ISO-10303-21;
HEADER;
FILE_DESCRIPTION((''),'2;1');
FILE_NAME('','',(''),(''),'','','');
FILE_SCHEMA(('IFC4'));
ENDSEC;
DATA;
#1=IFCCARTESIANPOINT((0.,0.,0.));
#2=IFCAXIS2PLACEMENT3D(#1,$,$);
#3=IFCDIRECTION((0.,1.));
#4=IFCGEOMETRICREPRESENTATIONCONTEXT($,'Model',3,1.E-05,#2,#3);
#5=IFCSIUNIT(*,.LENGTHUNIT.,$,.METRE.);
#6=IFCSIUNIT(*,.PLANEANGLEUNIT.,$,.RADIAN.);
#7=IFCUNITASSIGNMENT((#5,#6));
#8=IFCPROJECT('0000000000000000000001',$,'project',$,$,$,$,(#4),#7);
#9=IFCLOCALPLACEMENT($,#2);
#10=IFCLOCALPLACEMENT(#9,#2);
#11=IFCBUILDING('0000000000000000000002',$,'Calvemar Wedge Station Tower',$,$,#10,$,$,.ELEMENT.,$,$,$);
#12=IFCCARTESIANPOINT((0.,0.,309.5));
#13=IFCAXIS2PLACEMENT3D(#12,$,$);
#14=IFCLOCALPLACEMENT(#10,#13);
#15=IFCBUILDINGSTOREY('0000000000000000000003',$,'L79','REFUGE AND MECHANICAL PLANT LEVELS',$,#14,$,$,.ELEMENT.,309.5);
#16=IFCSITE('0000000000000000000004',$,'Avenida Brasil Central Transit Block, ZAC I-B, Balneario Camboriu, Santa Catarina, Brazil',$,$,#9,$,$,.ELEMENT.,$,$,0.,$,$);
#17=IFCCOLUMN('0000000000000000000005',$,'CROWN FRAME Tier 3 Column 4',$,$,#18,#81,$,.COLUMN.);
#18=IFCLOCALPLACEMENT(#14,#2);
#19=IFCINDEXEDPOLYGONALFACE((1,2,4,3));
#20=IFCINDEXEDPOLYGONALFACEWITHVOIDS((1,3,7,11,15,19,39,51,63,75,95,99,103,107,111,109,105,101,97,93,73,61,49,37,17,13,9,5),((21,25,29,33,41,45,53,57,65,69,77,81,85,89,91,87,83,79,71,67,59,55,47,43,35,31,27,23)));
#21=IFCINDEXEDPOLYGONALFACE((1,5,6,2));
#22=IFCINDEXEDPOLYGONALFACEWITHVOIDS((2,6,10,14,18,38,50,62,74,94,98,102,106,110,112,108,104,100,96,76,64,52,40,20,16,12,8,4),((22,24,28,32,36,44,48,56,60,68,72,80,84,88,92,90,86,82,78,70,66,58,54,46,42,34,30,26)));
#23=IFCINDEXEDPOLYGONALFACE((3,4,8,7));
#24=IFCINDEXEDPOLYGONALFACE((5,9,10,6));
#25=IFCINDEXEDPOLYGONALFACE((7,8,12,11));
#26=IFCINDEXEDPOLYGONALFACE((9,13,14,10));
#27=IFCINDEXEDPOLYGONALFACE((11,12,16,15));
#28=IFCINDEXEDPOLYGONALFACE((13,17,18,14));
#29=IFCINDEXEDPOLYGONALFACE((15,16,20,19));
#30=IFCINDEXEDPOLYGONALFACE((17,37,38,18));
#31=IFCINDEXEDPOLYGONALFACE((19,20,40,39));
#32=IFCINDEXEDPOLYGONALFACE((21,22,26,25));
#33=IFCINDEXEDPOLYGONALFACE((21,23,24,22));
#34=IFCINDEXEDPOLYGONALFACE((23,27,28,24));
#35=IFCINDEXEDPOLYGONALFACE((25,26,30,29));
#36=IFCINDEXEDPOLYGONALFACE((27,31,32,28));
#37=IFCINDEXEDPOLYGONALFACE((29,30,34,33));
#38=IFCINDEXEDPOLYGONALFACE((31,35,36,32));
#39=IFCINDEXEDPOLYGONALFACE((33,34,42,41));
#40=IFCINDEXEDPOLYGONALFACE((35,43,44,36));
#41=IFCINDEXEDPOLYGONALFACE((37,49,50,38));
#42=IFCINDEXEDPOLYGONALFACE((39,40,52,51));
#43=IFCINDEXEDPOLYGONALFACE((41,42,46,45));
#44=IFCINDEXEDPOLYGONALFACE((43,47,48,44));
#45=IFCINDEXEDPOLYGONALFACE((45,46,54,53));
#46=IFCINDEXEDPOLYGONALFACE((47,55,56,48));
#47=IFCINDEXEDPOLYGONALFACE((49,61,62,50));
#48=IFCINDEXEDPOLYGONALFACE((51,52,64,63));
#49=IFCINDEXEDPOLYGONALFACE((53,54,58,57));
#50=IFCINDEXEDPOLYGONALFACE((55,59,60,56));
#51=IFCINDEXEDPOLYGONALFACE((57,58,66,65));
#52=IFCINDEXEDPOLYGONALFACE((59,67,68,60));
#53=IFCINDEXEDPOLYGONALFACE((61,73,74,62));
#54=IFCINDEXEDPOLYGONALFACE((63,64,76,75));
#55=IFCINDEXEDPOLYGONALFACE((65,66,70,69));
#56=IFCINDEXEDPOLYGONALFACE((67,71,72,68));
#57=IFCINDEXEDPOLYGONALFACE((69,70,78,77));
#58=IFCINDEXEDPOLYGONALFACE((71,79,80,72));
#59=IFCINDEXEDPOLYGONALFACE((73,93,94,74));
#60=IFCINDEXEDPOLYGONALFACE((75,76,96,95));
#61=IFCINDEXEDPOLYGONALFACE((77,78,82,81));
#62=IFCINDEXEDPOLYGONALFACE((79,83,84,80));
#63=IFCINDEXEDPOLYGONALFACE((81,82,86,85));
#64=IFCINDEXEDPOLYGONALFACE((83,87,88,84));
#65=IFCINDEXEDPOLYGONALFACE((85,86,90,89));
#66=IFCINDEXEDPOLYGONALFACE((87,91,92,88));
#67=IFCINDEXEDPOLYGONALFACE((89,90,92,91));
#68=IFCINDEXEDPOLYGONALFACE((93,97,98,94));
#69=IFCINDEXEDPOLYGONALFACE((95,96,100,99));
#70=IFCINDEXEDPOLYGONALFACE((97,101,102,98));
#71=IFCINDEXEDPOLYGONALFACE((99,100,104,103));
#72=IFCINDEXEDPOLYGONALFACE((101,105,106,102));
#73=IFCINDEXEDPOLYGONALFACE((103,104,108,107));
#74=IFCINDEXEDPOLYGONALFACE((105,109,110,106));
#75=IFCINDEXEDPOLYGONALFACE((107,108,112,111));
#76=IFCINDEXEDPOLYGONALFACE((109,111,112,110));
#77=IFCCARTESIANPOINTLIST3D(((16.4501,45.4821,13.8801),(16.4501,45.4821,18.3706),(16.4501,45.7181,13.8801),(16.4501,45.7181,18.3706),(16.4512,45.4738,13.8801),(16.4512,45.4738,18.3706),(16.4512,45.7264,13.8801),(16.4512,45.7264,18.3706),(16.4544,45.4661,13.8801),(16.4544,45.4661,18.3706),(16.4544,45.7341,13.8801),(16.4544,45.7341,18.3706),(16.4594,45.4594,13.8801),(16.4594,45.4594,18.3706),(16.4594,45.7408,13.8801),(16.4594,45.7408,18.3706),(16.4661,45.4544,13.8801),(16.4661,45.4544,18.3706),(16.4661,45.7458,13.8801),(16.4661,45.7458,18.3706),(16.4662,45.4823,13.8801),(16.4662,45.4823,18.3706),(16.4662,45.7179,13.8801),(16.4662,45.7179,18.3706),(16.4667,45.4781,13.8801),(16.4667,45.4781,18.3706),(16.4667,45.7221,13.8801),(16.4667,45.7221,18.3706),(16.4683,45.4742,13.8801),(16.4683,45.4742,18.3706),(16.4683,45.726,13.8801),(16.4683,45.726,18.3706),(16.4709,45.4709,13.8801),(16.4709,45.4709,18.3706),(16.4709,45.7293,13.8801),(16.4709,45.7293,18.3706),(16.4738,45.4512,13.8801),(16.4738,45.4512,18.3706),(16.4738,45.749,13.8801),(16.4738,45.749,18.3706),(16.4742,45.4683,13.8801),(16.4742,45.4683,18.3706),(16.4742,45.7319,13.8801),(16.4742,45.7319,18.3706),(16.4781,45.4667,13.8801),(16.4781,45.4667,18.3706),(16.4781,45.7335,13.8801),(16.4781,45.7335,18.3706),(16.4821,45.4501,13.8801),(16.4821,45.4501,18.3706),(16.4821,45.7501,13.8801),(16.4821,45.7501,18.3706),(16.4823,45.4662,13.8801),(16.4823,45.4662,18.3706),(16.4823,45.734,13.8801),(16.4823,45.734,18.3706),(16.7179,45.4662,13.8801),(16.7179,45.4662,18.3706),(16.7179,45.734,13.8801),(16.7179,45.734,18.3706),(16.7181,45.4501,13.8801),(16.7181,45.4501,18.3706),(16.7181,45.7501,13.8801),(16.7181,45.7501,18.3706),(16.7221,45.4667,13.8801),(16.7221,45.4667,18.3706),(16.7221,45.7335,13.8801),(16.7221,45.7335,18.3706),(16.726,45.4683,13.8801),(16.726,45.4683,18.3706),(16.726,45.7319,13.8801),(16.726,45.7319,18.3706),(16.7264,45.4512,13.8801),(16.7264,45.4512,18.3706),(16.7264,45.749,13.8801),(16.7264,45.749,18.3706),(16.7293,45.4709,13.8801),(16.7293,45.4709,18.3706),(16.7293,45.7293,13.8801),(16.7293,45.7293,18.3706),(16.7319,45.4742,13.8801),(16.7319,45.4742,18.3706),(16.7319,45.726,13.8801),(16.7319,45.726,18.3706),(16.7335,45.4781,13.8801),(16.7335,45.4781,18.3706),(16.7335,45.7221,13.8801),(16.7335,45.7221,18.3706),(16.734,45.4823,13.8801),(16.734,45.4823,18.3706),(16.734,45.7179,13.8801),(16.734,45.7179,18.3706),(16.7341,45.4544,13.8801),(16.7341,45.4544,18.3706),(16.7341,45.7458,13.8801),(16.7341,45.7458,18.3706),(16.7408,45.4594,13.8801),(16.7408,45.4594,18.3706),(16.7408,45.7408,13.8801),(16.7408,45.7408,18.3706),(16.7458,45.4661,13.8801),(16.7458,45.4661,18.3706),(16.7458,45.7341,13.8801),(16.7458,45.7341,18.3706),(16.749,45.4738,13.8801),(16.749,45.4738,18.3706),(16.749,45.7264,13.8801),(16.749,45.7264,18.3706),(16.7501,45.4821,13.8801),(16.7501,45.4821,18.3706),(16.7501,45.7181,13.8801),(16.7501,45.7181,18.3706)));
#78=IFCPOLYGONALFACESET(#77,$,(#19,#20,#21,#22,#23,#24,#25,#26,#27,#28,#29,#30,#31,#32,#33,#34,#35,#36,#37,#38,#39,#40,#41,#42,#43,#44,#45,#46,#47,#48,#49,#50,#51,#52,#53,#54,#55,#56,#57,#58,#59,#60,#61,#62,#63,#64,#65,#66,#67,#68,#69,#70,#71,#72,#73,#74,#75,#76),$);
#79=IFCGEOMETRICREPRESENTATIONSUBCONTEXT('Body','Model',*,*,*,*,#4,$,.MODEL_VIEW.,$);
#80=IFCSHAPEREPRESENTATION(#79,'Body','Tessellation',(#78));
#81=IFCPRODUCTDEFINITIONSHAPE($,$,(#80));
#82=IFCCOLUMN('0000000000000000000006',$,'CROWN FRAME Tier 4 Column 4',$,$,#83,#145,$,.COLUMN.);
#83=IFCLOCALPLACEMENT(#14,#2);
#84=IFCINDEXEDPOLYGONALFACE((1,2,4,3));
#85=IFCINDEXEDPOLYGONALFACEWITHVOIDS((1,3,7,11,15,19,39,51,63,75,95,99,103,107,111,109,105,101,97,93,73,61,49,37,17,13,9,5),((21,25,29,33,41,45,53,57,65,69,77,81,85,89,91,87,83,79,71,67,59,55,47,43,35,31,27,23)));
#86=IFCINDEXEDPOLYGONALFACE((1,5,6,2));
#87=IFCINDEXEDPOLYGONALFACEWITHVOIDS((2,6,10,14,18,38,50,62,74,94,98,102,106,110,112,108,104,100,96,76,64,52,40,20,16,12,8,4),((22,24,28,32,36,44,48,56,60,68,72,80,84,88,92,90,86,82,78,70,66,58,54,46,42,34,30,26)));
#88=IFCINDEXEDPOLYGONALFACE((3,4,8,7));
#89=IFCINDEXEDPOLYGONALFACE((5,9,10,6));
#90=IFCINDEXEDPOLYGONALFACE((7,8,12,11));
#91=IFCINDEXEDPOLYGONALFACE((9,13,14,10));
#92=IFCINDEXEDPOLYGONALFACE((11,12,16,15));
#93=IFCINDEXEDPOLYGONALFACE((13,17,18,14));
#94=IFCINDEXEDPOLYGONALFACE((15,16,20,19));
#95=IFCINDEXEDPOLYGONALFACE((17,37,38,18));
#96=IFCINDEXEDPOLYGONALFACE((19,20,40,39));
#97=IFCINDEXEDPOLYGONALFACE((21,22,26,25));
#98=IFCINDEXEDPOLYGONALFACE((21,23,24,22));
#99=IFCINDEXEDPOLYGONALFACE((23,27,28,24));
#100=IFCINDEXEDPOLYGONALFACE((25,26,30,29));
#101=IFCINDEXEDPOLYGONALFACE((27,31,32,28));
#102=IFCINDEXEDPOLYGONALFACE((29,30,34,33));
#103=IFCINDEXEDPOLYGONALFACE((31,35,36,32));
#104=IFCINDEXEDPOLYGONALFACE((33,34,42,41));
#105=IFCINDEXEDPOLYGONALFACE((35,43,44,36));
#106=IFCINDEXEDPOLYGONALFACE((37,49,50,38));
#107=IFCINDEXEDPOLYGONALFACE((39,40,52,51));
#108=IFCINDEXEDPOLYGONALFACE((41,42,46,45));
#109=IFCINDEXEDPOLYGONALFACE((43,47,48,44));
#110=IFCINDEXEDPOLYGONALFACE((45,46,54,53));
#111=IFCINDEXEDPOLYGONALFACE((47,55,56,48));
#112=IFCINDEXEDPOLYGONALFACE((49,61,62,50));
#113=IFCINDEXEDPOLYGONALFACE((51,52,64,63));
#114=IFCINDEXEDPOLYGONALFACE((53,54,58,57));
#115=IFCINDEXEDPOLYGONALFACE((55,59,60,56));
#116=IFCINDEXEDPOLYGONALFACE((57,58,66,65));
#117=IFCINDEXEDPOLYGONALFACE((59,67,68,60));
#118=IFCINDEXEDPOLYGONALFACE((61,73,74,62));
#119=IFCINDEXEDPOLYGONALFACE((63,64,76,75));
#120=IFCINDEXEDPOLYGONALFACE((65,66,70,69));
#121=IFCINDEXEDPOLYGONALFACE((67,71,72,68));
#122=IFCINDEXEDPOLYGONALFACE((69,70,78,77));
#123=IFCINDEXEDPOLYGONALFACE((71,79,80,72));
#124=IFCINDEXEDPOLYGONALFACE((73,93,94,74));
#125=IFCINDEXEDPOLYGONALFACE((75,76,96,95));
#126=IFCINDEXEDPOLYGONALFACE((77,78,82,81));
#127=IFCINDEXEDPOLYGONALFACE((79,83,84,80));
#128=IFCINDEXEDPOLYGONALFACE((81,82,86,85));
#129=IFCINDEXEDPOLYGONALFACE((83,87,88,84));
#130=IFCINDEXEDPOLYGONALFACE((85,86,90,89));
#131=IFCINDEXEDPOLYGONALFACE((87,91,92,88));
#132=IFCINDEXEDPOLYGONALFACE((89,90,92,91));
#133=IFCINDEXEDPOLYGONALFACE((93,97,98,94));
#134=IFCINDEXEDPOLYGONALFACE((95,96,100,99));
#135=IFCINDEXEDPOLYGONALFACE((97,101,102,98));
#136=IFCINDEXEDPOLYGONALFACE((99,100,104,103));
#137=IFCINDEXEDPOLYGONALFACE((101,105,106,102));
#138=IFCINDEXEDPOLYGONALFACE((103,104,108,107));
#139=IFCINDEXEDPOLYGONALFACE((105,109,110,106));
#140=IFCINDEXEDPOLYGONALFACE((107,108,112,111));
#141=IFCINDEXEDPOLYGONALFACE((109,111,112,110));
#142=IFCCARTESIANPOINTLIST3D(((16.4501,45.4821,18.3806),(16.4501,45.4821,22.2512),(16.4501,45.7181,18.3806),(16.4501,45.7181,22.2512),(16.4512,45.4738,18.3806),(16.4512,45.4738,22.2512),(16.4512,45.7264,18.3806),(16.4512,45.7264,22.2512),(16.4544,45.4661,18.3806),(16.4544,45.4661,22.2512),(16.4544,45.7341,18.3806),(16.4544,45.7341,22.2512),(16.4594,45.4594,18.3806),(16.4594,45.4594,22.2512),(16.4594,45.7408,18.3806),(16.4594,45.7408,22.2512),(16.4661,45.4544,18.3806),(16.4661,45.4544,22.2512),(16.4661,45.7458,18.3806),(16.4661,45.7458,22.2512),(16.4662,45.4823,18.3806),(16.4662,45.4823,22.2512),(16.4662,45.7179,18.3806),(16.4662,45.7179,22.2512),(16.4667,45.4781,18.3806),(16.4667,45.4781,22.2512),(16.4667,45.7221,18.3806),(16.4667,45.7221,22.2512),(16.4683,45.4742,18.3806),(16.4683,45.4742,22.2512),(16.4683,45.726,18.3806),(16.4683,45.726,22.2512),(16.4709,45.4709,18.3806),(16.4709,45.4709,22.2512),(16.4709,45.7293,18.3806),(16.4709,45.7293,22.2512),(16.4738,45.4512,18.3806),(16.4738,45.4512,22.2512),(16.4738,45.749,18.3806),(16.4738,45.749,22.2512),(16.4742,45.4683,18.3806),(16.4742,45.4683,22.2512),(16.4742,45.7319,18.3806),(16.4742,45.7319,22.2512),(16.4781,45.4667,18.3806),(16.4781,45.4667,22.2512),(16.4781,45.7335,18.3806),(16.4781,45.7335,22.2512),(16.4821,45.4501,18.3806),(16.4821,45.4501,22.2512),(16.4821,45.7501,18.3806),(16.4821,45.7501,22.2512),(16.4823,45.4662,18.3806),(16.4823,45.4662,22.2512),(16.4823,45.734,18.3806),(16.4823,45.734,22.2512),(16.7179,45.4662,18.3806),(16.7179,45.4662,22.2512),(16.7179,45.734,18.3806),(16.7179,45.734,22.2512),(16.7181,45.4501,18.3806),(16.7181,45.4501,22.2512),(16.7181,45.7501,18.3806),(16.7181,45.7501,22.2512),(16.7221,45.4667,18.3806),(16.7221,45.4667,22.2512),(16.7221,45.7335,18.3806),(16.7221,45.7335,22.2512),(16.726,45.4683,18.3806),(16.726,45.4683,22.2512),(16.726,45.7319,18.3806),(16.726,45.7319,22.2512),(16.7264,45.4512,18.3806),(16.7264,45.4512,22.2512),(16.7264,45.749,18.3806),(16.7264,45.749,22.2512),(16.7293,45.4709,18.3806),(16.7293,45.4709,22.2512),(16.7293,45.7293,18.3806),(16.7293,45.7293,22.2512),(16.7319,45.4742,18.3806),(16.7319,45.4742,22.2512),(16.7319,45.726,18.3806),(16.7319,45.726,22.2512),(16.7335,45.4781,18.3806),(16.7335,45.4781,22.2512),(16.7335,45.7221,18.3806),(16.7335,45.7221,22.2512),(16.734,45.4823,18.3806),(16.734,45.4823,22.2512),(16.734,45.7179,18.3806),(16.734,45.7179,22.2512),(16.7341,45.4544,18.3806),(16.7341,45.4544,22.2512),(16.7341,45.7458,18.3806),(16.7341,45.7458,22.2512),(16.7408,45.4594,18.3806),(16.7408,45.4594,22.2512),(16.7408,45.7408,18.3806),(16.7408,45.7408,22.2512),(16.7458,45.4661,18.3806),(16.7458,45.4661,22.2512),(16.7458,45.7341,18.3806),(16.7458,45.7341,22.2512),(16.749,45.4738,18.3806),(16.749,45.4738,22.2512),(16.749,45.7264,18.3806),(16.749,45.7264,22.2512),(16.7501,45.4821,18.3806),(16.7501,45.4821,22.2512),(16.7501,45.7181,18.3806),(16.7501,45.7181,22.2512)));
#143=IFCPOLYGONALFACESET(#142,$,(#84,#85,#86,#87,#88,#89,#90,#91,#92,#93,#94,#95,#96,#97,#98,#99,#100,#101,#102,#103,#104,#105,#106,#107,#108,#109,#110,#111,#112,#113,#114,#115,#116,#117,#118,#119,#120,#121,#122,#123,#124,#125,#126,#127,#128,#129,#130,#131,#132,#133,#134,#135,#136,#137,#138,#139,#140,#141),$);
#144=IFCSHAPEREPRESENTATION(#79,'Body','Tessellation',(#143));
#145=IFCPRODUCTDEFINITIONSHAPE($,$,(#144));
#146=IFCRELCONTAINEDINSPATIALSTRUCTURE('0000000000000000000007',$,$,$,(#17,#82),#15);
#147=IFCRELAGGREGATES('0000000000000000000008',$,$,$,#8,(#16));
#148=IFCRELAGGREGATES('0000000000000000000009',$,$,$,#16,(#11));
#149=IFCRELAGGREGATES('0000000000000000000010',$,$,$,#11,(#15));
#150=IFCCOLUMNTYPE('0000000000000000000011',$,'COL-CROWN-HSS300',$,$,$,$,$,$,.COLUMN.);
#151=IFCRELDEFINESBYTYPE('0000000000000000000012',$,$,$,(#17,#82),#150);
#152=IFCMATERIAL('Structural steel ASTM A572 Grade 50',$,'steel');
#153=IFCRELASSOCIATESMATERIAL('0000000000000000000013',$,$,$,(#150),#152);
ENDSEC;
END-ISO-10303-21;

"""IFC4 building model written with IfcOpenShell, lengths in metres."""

from ifc_helpers import new_model, si_unit, direction, frame, origin, origin_2d, place, context, subcontext, project, spatial, hollow_rectangle, extrude, source, transform, mapped, material, material_profile, profile_set, type_object, element, save


model = new_model("IFC4")

# Units and contexts
model_context = context("Model", 3, precision=1e-05, world=origin(), true_north=direction((0.0, 1.0)))
body_context = subcontext(model_context, "Body", "Model", "MODEL_VIEW")
ifc_project = project(units=[si_unit("LENGTHUNIT", "METRE"), si_unit("PLANEANGLEUNIT", "RADIAN")], contexts=[model_context])

# Site, building, storey
site_placement = place(None, origin())
site = spatial("IfcSite", under=ifc_project, at=site_placement, Name="Avenida Brasil Central Transit Block, ZAC I-B, Balneario Camboriu, Santa Catarina, Brazil", CompositionType="ELEMENT", RefElevation=0.0)
building_placement = place(site_placement, origin())
building = spatial("IfcBuilding", under=site, at=building_placement, Name="Calvemar Wedge Station Tower", CompositionType="ELEMENT")
storey_placement = place(building_placement, frame((0.0, 0.0, 309.5)))
storey = spatial("IfcBuildingStorey", under=building, at=storey_placement, Name="L79", Description="REFUGE AND MECHANICAL PLANT LEVELS", CompositionType="ELEMENT", Elevation=309.5)

# Columns
ifc_material_1 = material(Name="Structural steel ASTM A572 Grade 50", Category="steel")
ifc_material_profile_1 = material_profile(ifc_material_1, hollow_rectangle(XDim=0.3, YDim=0.3, WallThickness=0.0161, InnerFilletRadius=0.0161, OuterFilletRadius=0.032, at=origin_2d()), Name="HSS300x300x16")
ifc_profile_set_1 = profile_set([ifc_material_profile_1], Name="Structural steel ASTM A572 Grade 50")
column_type = type_object("IfcColumnType", Name="COL-CROWN-HSS300", PredefinedType="COLUMN", material=ifc_profile_set_1)
shared_shape_1 = source(origin(), body_context, "Body", "SweptSolid", [
    extrude(hollow_rectangle(XDim=0.3, YDim=0.3, WallThickness=0.0161, InnerFilletRadius=0.0161, OuterFilletRadius=0.032, at=origin_2d()), origin(), (0.0, 0.0, 1.0), 4.4905),
])
column_1_placement = place(storey_placement, frame((16.6001, 45.6001, 13.8801), z_axis=(0.0, 0.0, 1.0), x_axis=(1.0, 0.0, 0.0)))
element("IfcColumn", 1, at=column_1_placement, inside=storey, type_object=column_type, Name="CROWN FRAME Tier 3 Column 4", PredefinedType="COLUMN", context=body_context, shape_type="MappedRepresentation", body=[
    mapped(shared_shape_1, transform((0.0, 0.0, 0.0), scale=1.0)),
])
shared_shape_2 = source(origin(), body_context, "Body", "SweptSolid", [
    extrude(hollow_rectangle(XDim=0.3, YDim=0.3, WallThickness=0.0161, InnerFilletRadius=0.0161, OuterFilletRadius=0.032, at=origin_2d()), origin(), (0.0, 0.0, 1.0), 3.8706),
])
column_2_placement = place(storey_placement, frame((16.6001, 45.6001, 18.3806), z_axis=(0.0, 0.0, 1.0), x_axis=(1.0, 0.0, 0.0)))
element("IfcColumn", 2, at=column_2_placement, inside=storey, type_object=column_type, Name="CROWN FRAME Tier 4 Column 4", PredefinedType="COLUMN", context=body_context, shape_type="MappedRepresentation", body=[
    mapped(shared_shape_2, transform((0.0, 0.0, 0.0), scale=1.0)),
])

save(model, "model.ifc")
